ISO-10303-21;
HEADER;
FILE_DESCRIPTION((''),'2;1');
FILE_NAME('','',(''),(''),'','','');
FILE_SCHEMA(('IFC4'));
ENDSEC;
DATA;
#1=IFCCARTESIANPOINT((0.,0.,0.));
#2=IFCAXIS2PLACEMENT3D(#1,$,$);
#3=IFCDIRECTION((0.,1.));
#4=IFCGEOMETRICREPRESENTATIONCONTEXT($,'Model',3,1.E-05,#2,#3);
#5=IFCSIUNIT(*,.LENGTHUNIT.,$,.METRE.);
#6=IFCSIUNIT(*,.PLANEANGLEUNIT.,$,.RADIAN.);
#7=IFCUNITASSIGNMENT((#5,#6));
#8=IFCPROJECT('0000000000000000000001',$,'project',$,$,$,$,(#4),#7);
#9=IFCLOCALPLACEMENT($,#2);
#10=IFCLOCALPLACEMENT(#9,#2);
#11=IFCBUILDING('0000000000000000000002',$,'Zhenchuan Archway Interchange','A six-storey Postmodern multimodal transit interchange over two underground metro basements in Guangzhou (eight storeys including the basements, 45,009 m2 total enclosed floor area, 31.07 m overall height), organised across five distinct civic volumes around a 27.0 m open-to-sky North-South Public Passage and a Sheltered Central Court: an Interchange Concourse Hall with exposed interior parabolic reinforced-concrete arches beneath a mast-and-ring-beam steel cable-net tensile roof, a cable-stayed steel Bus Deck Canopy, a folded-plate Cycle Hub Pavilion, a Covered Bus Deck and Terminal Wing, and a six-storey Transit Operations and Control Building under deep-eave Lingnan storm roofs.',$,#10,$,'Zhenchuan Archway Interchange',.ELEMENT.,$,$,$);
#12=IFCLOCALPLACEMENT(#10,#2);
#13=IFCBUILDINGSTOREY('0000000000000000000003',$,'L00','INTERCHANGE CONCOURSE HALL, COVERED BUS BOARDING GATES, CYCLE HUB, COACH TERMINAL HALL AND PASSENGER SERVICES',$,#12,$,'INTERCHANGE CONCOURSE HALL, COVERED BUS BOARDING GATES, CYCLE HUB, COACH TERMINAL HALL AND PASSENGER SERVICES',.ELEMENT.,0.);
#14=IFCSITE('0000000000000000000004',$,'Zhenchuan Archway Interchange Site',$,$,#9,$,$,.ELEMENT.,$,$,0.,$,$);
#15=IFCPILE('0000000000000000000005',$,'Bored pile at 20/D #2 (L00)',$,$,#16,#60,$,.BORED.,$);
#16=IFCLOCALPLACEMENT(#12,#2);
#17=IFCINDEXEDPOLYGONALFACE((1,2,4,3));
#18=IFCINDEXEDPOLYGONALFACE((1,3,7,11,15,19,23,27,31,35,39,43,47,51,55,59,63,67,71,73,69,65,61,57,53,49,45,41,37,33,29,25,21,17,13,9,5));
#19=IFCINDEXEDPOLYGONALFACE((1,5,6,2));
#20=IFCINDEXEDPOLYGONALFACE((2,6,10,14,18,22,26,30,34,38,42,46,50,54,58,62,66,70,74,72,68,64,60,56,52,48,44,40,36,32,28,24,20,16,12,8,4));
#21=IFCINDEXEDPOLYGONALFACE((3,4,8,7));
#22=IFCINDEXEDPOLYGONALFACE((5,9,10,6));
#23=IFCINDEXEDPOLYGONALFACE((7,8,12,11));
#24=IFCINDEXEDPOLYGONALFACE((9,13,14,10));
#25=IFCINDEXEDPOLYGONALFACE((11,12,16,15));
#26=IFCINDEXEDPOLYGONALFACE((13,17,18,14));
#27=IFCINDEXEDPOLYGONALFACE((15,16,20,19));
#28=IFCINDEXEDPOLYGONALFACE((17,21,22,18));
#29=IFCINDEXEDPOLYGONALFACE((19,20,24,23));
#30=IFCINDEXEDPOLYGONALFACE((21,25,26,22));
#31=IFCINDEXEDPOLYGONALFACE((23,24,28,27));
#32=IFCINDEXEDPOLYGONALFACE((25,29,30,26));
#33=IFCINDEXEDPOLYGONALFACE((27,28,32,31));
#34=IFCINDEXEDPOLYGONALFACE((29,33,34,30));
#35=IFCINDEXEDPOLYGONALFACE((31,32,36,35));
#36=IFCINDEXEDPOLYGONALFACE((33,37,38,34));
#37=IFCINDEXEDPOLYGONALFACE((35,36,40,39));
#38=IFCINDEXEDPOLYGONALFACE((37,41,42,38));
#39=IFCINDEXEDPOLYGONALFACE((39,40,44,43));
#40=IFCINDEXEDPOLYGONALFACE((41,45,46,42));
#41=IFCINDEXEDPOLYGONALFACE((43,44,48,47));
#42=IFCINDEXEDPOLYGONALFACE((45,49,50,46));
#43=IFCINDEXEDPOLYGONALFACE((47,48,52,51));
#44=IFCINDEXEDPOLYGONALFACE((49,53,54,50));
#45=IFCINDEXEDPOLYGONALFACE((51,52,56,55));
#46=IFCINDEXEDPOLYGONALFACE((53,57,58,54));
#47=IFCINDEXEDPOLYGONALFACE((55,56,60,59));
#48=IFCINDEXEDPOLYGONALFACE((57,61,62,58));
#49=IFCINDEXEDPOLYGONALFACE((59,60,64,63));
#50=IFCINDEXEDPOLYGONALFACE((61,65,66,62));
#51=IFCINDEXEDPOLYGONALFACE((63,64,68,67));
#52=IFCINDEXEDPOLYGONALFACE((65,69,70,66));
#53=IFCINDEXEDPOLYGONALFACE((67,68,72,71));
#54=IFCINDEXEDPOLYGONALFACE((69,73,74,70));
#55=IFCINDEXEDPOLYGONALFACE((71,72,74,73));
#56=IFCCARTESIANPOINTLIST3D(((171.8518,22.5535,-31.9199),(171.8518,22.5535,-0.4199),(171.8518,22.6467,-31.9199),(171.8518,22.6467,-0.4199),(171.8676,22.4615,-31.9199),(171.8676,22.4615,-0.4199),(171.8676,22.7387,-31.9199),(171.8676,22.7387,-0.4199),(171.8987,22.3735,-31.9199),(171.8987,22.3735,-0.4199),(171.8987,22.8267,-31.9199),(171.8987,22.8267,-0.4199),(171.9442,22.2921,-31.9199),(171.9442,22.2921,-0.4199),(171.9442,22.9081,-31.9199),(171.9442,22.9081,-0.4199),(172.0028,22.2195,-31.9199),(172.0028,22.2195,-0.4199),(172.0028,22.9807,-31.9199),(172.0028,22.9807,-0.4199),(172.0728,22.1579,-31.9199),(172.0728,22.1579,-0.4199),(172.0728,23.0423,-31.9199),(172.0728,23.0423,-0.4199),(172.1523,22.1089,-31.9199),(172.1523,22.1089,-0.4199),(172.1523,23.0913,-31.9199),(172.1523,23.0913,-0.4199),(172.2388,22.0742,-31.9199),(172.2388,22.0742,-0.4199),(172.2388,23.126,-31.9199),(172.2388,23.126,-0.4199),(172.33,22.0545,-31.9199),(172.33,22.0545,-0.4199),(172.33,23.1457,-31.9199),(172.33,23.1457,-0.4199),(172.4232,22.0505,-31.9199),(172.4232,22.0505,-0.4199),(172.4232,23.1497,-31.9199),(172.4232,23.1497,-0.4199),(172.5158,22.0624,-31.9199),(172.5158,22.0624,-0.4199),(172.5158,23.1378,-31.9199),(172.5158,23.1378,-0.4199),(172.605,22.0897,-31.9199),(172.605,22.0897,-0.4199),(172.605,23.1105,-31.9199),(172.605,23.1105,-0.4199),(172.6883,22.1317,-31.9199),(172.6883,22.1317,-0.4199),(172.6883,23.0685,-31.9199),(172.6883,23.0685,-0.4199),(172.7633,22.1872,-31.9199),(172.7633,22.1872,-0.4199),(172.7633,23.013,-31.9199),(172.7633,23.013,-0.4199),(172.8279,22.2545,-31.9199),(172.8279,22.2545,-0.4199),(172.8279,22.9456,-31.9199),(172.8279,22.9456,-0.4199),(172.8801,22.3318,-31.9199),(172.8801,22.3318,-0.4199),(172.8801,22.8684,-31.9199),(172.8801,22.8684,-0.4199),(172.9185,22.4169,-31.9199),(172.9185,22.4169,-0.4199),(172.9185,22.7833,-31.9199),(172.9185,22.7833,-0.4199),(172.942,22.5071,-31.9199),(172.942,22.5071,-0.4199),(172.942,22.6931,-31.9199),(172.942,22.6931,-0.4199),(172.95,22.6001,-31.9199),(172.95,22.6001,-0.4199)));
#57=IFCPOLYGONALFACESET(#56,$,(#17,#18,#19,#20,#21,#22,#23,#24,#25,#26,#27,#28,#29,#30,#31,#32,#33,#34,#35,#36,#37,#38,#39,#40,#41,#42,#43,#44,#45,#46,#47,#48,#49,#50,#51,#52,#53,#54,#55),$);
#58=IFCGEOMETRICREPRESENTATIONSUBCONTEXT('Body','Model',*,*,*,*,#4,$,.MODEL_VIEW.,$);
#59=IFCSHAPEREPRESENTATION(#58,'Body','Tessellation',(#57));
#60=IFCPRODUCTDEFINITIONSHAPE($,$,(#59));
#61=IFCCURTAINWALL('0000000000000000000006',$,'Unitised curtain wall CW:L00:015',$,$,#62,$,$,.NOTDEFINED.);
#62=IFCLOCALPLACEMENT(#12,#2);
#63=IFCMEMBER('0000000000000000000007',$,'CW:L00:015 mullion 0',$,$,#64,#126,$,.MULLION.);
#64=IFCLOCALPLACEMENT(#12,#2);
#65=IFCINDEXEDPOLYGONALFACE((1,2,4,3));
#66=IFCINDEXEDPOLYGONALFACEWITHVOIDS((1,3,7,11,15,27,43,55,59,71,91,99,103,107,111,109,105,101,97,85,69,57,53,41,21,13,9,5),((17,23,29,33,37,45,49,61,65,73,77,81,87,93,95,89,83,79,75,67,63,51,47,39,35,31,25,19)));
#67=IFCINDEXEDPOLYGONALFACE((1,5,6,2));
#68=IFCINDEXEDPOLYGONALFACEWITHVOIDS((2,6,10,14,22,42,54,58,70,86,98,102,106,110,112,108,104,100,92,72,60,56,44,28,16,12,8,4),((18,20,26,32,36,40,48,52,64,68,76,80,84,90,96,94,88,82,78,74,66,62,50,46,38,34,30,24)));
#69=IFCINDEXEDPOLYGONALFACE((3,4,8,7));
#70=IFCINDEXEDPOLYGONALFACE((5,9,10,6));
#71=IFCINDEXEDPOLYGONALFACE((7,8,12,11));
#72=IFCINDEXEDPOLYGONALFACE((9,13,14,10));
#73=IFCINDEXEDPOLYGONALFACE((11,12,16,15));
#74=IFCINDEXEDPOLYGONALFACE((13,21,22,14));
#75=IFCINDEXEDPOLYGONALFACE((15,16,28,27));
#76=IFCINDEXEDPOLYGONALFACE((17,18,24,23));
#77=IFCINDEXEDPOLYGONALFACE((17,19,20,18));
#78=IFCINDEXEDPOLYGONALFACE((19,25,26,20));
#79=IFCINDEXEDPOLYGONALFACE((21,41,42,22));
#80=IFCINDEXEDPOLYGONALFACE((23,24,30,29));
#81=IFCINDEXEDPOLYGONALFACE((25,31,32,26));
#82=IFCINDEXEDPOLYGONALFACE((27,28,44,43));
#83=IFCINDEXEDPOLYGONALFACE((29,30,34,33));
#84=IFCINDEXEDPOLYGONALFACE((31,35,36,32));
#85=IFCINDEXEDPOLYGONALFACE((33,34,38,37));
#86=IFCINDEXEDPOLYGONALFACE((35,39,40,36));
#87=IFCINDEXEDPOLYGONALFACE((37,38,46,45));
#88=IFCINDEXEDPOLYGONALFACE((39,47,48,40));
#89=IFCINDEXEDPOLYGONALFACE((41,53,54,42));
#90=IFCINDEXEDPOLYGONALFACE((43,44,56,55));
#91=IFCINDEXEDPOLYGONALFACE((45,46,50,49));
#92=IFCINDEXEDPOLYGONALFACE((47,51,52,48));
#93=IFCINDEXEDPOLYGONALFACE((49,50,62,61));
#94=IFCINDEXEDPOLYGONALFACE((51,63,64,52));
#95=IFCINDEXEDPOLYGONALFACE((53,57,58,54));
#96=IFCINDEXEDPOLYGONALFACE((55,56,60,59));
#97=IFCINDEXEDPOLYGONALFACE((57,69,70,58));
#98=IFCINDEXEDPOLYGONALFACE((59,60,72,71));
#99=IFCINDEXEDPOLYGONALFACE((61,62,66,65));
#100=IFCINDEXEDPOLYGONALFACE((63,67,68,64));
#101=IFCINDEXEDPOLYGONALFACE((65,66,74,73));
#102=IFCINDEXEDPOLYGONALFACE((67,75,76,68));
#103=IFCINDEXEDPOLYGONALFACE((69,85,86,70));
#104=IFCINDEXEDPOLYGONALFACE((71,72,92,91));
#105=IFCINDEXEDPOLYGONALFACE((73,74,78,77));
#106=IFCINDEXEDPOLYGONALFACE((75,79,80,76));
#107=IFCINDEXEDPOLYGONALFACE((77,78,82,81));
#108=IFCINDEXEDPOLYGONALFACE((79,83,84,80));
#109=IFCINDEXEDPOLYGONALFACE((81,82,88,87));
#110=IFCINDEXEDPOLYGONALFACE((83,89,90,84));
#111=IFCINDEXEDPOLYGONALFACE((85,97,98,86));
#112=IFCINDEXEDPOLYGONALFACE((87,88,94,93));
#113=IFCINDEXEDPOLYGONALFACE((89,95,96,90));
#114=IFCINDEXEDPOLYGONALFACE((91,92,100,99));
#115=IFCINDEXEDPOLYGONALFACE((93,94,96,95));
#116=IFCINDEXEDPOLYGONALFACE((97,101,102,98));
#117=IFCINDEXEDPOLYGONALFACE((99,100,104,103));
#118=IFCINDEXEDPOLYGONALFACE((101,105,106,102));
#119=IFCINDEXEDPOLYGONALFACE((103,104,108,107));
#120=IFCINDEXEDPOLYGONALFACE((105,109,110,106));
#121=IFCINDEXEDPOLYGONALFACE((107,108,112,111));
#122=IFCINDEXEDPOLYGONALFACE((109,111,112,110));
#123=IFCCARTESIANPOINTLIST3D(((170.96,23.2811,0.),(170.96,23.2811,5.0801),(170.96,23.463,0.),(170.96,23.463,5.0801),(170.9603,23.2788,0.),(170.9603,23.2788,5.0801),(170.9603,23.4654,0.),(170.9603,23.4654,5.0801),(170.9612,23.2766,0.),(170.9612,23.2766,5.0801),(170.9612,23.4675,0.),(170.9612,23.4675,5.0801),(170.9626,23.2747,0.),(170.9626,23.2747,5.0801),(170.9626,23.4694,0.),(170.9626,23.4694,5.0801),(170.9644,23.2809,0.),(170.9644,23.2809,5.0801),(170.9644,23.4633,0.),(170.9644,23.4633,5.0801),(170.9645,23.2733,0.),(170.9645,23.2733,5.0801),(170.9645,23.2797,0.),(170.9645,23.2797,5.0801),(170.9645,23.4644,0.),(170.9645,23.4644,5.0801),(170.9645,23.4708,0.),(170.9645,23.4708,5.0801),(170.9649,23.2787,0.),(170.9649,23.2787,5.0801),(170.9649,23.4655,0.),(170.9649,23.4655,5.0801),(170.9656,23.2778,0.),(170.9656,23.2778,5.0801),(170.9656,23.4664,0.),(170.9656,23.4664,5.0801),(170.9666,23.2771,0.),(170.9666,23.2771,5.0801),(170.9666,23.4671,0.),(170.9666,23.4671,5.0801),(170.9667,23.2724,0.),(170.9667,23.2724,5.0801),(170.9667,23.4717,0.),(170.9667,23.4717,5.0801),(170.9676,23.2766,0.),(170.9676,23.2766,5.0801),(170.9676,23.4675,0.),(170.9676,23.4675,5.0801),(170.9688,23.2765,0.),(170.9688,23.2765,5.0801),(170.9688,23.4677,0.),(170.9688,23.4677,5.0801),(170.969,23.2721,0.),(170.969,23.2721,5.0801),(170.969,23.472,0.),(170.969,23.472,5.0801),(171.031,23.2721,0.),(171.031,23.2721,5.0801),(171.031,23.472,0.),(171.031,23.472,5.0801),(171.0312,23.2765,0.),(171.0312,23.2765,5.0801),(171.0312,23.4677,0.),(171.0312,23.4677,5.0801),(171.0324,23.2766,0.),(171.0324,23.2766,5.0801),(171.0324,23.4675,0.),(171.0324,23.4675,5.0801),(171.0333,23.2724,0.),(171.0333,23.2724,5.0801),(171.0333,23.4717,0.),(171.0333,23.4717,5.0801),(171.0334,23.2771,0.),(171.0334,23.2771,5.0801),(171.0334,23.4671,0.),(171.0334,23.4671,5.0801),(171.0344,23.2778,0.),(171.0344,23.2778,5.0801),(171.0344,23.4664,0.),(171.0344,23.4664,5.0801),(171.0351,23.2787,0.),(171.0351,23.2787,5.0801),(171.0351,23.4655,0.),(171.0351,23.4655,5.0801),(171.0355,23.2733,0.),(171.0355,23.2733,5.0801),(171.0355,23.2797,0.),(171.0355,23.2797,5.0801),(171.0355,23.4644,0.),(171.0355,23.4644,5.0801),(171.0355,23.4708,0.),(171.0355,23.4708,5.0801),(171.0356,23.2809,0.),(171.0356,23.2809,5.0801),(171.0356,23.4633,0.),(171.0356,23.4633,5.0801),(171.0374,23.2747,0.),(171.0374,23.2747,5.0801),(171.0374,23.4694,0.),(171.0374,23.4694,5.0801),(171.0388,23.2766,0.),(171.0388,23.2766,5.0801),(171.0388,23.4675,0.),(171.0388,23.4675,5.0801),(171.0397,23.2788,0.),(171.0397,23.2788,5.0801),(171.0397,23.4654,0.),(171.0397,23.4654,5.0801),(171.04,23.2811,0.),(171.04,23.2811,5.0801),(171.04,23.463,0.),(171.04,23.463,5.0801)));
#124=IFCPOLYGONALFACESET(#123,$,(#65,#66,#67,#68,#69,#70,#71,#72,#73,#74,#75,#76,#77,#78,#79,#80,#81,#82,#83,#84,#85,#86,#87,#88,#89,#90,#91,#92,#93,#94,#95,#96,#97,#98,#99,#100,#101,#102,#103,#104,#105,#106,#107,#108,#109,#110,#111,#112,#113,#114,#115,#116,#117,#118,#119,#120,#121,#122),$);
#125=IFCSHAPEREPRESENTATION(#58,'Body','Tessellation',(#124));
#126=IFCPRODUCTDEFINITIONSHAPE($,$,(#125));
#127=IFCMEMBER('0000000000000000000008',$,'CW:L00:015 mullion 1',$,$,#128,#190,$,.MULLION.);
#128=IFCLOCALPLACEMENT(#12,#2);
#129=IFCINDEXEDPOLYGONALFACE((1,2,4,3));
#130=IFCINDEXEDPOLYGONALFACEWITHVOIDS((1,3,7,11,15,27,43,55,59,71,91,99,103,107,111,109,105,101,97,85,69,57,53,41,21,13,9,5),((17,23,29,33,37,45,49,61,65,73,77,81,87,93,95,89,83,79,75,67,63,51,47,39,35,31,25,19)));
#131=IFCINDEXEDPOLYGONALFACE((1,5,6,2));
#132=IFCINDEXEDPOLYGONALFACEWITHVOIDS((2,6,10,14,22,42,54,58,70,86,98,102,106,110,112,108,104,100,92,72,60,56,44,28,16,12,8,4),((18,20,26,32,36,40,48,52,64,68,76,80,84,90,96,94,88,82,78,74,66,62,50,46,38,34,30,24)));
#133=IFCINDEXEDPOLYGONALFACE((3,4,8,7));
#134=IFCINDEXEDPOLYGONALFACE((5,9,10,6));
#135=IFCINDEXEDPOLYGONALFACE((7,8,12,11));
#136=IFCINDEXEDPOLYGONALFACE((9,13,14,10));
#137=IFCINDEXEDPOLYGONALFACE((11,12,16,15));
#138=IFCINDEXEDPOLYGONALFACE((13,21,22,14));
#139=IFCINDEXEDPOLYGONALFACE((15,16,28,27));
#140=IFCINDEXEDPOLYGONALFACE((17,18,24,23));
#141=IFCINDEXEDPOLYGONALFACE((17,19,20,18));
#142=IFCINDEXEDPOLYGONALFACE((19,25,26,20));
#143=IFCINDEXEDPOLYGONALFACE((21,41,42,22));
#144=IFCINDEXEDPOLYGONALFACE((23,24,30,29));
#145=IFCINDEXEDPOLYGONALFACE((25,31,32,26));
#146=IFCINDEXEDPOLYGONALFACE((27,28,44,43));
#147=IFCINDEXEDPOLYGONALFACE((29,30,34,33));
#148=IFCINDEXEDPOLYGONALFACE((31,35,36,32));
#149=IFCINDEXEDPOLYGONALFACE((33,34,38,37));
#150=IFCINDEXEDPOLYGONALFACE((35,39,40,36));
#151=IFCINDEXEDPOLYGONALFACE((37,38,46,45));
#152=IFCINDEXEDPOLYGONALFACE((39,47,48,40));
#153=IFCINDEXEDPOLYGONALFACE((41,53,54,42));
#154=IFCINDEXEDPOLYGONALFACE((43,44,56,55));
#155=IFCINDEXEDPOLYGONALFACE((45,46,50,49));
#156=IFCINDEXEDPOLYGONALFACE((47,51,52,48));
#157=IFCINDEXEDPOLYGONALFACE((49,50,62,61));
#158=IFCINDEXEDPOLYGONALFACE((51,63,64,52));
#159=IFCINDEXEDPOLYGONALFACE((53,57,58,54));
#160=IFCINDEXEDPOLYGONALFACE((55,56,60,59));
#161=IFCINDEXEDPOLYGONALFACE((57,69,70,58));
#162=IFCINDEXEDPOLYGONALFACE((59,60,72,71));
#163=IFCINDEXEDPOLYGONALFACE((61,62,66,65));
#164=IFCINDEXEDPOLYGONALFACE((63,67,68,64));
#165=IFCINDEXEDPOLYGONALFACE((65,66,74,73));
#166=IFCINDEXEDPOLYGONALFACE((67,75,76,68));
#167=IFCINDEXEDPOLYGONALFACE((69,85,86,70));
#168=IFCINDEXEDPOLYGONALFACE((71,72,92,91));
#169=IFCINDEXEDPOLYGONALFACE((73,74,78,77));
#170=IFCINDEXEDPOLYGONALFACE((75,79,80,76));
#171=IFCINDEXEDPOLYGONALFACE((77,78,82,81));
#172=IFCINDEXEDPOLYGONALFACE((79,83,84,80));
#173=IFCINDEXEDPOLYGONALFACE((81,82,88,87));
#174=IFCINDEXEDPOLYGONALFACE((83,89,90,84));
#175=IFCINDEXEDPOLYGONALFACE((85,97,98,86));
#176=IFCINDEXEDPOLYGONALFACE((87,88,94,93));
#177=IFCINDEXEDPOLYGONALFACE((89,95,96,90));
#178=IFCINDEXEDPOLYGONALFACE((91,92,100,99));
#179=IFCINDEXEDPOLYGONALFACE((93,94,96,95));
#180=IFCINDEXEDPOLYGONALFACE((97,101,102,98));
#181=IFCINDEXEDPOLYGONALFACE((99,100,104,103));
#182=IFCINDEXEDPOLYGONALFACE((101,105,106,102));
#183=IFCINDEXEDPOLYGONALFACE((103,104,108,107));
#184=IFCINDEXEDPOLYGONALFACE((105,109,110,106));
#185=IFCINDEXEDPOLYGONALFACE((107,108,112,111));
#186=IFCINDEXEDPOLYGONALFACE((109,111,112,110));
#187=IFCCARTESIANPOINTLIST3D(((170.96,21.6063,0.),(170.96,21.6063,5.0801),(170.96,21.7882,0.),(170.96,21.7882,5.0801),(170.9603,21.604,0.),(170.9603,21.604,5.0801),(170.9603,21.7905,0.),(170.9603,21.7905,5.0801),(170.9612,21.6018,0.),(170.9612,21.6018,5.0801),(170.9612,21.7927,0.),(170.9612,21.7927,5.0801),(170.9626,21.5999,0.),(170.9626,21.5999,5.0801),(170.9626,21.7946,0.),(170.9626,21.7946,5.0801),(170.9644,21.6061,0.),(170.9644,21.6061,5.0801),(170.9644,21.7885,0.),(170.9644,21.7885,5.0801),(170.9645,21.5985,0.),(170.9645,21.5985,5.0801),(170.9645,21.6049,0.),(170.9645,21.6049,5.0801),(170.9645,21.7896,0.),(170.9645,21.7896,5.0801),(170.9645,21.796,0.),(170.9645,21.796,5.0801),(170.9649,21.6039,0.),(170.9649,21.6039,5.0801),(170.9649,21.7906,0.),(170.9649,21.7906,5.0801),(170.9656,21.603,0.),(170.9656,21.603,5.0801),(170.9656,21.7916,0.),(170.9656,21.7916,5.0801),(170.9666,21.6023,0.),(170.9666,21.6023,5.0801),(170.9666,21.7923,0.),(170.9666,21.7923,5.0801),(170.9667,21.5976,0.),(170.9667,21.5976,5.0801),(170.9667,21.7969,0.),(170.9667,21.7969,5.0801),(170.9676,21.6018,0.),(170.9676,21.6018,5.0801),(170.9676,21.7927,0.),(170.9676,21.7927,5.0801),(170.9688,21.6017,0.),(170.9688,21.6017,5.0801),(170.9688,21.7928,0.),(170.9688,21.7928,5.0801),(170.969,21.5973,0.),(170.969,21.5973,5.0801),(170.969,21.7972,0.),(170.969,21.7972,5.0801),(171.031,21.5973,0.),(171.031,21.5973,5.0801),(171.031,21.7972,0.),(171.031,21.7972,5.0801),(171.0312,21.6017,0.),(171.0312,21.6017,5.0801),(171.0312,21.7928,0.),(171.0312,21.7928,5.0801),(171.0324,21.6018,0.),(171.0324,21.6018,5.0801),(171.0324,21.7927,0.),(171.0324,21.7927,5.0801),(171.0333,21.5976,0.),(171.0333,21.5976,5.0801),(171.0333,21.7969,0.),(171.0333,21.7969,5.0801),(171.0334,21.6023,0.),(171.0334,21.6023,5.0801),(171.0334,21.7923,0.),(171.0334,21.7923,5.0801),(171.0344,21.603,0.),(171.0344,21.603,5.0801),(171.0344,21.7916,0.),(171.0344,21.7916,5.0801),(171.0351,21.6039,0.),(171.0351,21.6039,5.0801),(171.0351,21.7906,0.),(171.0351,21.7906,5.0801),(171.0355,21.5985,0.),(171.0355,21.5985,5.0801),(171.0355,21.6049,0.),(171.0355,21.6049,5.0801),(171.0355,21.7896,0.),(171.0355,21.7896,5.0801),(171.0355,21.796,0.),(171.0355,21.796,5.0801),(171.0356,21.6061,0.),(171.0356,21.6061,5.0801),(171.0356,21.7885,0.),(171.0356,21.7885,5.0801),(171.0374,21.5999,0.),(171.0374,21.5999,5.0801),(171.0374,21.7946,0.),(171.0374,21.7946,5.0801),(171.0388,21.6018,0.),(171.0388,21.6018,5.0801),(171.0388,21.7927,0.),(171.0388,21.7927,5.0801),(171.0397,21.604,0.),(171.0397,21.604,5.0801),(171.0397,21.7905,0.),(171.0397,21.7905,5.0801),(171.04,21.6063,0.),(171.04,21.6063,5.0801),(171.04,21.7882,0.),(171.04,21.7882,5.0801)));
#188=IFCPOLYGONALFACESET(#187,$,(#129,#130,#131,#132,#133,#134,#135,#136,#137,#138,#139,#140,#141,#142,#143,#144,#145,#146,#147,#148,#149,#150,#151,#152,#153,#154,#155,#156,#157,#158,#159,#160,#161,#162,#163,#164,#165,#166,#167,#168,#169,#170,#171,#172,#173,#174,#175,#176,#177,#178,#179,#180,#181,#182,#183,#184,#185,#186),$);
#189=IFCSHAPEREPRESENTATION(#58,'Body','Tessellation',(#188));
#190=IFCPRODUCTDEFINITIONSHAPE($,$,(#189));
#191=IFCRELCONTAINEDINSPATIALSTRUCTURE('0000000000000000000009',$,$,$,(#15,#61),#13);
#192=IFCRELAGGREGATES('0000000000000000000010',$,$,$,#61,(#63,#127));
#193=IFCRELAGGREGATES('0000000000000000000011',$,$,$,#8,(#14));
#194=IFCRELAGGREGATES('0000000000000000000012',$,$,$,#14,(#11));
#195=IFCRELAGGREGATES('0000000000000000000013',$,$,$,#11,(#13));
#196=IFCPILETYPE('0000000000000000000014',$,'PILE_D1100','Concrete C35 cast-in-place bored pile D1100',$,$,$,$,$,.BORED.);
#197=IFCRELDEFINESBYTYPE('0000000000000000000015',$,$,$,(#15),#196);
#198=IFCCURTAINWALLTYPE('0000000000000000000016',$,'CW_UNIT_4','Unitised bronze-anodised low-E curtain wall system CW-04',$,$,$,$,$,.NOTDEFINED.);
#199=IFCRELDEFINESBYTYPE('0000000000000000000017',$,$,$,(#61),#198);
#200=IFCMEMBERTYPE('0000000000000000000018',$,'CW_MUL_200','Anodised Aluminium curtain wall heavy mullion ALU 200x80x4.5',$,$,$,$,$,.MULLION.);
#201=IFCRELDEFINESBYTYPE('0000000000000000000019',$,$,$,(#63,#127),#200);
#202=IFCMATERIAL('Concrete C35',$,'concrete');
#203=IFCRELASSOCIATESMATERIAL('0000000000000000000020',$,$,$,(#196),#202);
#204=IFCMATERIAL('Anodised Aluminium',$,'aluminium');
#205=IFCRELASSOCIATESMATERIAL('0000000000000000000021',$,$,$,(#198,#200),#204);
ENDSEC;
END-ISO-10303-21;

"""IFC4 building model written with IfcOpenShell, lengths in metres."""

from ifc_helpers import new_model, si_unit, direction, frame, origin, origin_2d, place, context, subcontext, project, spatial, hollow_rectangle, circle, extrude, material, material_profile, profile_set, type_object, element, aggregate, save


model = new_model("IFC4")

# Units and contexts
model_context = context("Model", 3, precision=1e-05, world=origin(), true_north=direction((0.0, 1.0)))
body_context = subcontext(model_context, "Body", "Model", "MODEL_VIEW")
ifc_project = project(units=[si_unit("LENGTHUNIT", "METRE"), si_unit("PLANEANGLEUNIT", "RADIAN")], contexts=[model_context])

# Site, building, storey
site_placement = place(None, origin())
site = spatial("IfcSite", under=ifc_project, at=site_placement, Name="Zhenchuan Archway Interchange Site", CompositionType="ELEMENT", RefElevation=0.0)
building_placement = place(site_placement, origin())
building = spatial("IfcBuilding", under=site, at=building_placement, Name="Zhenchuan Archway Interchange", Description="A six-storey Postmodern multimodal transit interchange over two underground metro basements in Guangzhou (eight storeys including the basements, 45,009 m2 total enclosed floor area, 31.07 m overall height), organised across five distinct civic volumes around a 27.0 m open-to-sky North-South Public Passage and a Sheltered Central Court: an Interchange Concourse Hall with exposed interior parabolic reinforced-concrete arches beneath a mast-and-ring-beam steel cable-net tensile roof, a cable-stayed steel Bus Deck Canopy, a folded-plate Cycle Hub Pavilion, a Covered Bus Deck and Terminal Wing, and a six-storey Transit Operations and Control Building under deep-eave Lingnan storm roofs.", LongName="Zhenchuan Archway Interchange", CompositionType="ELEMENT")
storey_placement = place(building_placement, origin())
storey = spatial("IfcBuildingStorey", under=building, at=storey_placement, Name="L00", Description="INTERCHANGE CONCOURSE HALL, COVERED BUS BOARDING GATES, CYCLE HUB, COACH TERMINAL HALL AND PASSENGER SERVICES", LongName="INTERCHANGE CONCOURSE HALL, COVERED BUS BOARDING GATES, CYCLE HUB, COACH TERMINAL HALL AND PASSENGER SERVICES", CompositionType="ELEMENT", Elevation=0.0)

# Pile
ifc_material_1 = material(Name="Concrete C35", Category="concrete")
ifc_material_profile_1 = material_profile(ifc_material_1, circle(Radius=0.55, at=origin_2d()), Name="BORED PILE 1100")
ifc_profile_set_1 = profile_set([ifc_material_profile_1], Name="Concrete C35")
pile_type = type_object("IfcPileType", Name="PILE_D1100", Description="Concrete C35 cast-in-place bored pile D1100", PredefinedType="BORED", material=ifc_profile_set_1)
pile_placement = place(storey_placement, frame((172.3999, 22.6001, -0.4199), z_axis=(0.0, 0.0, -1.0), x_axis=(1.0, 0.0, 0.0)))
element("IfcPile", 1, at=pile_placement, inside=storey, type_object=pile_type, Name="Bored pile at 20/D #2 (L00)", PredefinedType="BORED", context=body_context, shape_type="SweptSolid", body=[
    extrude(circle(Radius=0.55, at=origin_2d()), origin(), (0.0, 0.0, 1.0), 31.5),
])

# Curtain wall, members
ifc_material_2 = material(Name="Anodised Aluminium", Category="aluminium")
curtain_wall_type = type_object("IfcCurtainWallType", Name="CW_UNIT_4", Description="Unitised bronze-anodised low-E curtain wall system CW-04", PredefinedType="NOTDEFINED", material=ifc_material_2)
curtain_wall_placement = place(storey_placement, origin())
curtain_wall = element("IfcCurtainWall", 2, at=curtain_wall_placement, inside=storey, type_object=curtain_wall_type, Name="Unitised curtain wall CW:L00:015", PredefinedType="NOTDEFINED")
ifc_material_profile_2 = material_profile(ifc_material_2, hollow_rectangle(XDim=0.0801, YDim=0.2, WallThickness=0.0044, InnerFilletRadius=0.0044, OuterFilletRadius=0.009, at=origin_2d()), Name="ALU 200x80x4.5")
ifc_profile_set_2 = profile_set([ifc_material_profile_2], Name="Anodised Aluminium")
member_type_1 = type_object("IfcMemberType", Name="CW_MUL_200", Description="Anodised Aluminium curtain wall heavy mullion ALU 200x80x4.5", PredefinedType="MULLION", material=ifc_profile_set_2)
member_1_placement = place(storey_placement, frame((171.0, 23.3721, 0.0), z_axis=(0.0, 0.0, 1.0), x_axis=(1.0, 0.0, 0.0)))
member_1 = element("IfcMember", 3, at=member_1_placement, type_object=member_type_1, Name="CW:L00:015 mullion 0", PredefinedType="MULLION", context=body_context, shape_type="SweptSolid", body=[
    extrude(hollow_rectangle(XDim=0.0801, YDim=0.2, WallThickness=0.0044, InnerFilletRadius=0.0044, OuterFilletRadius=0.009, at=origin_2d()), origin(), (0.0, 0.0, 1.0), 5.0801),
])
member_2_placement = place(storey_placement, frame((171.0, 21.6973, 0.0), z_axis=(0.0, 0.0, 1.0), x_axis=(1.0, 0.0, 0.0)))
member_2 = element("IfcMember", 4, at=member_2_placement, type_object=member_type_1, Name="CW:L00:015 mullion 1", PredefinedType="MULLION", context=body_context, shape_type="SweptSolid", body=[
    extrude(hollow_rectangle(XDim=0.0801, YDim=0.2, WallThickness=0.0044, InnerFilletRadius=0.0044, OuterFilletRadius=0.009, at=origin_2d()), origin(), (0.0, 0.0, 1.0), 5.0801),
])
aggregate(curtain_wall, [member_1, member_2])

save(model, "model.ifc")
